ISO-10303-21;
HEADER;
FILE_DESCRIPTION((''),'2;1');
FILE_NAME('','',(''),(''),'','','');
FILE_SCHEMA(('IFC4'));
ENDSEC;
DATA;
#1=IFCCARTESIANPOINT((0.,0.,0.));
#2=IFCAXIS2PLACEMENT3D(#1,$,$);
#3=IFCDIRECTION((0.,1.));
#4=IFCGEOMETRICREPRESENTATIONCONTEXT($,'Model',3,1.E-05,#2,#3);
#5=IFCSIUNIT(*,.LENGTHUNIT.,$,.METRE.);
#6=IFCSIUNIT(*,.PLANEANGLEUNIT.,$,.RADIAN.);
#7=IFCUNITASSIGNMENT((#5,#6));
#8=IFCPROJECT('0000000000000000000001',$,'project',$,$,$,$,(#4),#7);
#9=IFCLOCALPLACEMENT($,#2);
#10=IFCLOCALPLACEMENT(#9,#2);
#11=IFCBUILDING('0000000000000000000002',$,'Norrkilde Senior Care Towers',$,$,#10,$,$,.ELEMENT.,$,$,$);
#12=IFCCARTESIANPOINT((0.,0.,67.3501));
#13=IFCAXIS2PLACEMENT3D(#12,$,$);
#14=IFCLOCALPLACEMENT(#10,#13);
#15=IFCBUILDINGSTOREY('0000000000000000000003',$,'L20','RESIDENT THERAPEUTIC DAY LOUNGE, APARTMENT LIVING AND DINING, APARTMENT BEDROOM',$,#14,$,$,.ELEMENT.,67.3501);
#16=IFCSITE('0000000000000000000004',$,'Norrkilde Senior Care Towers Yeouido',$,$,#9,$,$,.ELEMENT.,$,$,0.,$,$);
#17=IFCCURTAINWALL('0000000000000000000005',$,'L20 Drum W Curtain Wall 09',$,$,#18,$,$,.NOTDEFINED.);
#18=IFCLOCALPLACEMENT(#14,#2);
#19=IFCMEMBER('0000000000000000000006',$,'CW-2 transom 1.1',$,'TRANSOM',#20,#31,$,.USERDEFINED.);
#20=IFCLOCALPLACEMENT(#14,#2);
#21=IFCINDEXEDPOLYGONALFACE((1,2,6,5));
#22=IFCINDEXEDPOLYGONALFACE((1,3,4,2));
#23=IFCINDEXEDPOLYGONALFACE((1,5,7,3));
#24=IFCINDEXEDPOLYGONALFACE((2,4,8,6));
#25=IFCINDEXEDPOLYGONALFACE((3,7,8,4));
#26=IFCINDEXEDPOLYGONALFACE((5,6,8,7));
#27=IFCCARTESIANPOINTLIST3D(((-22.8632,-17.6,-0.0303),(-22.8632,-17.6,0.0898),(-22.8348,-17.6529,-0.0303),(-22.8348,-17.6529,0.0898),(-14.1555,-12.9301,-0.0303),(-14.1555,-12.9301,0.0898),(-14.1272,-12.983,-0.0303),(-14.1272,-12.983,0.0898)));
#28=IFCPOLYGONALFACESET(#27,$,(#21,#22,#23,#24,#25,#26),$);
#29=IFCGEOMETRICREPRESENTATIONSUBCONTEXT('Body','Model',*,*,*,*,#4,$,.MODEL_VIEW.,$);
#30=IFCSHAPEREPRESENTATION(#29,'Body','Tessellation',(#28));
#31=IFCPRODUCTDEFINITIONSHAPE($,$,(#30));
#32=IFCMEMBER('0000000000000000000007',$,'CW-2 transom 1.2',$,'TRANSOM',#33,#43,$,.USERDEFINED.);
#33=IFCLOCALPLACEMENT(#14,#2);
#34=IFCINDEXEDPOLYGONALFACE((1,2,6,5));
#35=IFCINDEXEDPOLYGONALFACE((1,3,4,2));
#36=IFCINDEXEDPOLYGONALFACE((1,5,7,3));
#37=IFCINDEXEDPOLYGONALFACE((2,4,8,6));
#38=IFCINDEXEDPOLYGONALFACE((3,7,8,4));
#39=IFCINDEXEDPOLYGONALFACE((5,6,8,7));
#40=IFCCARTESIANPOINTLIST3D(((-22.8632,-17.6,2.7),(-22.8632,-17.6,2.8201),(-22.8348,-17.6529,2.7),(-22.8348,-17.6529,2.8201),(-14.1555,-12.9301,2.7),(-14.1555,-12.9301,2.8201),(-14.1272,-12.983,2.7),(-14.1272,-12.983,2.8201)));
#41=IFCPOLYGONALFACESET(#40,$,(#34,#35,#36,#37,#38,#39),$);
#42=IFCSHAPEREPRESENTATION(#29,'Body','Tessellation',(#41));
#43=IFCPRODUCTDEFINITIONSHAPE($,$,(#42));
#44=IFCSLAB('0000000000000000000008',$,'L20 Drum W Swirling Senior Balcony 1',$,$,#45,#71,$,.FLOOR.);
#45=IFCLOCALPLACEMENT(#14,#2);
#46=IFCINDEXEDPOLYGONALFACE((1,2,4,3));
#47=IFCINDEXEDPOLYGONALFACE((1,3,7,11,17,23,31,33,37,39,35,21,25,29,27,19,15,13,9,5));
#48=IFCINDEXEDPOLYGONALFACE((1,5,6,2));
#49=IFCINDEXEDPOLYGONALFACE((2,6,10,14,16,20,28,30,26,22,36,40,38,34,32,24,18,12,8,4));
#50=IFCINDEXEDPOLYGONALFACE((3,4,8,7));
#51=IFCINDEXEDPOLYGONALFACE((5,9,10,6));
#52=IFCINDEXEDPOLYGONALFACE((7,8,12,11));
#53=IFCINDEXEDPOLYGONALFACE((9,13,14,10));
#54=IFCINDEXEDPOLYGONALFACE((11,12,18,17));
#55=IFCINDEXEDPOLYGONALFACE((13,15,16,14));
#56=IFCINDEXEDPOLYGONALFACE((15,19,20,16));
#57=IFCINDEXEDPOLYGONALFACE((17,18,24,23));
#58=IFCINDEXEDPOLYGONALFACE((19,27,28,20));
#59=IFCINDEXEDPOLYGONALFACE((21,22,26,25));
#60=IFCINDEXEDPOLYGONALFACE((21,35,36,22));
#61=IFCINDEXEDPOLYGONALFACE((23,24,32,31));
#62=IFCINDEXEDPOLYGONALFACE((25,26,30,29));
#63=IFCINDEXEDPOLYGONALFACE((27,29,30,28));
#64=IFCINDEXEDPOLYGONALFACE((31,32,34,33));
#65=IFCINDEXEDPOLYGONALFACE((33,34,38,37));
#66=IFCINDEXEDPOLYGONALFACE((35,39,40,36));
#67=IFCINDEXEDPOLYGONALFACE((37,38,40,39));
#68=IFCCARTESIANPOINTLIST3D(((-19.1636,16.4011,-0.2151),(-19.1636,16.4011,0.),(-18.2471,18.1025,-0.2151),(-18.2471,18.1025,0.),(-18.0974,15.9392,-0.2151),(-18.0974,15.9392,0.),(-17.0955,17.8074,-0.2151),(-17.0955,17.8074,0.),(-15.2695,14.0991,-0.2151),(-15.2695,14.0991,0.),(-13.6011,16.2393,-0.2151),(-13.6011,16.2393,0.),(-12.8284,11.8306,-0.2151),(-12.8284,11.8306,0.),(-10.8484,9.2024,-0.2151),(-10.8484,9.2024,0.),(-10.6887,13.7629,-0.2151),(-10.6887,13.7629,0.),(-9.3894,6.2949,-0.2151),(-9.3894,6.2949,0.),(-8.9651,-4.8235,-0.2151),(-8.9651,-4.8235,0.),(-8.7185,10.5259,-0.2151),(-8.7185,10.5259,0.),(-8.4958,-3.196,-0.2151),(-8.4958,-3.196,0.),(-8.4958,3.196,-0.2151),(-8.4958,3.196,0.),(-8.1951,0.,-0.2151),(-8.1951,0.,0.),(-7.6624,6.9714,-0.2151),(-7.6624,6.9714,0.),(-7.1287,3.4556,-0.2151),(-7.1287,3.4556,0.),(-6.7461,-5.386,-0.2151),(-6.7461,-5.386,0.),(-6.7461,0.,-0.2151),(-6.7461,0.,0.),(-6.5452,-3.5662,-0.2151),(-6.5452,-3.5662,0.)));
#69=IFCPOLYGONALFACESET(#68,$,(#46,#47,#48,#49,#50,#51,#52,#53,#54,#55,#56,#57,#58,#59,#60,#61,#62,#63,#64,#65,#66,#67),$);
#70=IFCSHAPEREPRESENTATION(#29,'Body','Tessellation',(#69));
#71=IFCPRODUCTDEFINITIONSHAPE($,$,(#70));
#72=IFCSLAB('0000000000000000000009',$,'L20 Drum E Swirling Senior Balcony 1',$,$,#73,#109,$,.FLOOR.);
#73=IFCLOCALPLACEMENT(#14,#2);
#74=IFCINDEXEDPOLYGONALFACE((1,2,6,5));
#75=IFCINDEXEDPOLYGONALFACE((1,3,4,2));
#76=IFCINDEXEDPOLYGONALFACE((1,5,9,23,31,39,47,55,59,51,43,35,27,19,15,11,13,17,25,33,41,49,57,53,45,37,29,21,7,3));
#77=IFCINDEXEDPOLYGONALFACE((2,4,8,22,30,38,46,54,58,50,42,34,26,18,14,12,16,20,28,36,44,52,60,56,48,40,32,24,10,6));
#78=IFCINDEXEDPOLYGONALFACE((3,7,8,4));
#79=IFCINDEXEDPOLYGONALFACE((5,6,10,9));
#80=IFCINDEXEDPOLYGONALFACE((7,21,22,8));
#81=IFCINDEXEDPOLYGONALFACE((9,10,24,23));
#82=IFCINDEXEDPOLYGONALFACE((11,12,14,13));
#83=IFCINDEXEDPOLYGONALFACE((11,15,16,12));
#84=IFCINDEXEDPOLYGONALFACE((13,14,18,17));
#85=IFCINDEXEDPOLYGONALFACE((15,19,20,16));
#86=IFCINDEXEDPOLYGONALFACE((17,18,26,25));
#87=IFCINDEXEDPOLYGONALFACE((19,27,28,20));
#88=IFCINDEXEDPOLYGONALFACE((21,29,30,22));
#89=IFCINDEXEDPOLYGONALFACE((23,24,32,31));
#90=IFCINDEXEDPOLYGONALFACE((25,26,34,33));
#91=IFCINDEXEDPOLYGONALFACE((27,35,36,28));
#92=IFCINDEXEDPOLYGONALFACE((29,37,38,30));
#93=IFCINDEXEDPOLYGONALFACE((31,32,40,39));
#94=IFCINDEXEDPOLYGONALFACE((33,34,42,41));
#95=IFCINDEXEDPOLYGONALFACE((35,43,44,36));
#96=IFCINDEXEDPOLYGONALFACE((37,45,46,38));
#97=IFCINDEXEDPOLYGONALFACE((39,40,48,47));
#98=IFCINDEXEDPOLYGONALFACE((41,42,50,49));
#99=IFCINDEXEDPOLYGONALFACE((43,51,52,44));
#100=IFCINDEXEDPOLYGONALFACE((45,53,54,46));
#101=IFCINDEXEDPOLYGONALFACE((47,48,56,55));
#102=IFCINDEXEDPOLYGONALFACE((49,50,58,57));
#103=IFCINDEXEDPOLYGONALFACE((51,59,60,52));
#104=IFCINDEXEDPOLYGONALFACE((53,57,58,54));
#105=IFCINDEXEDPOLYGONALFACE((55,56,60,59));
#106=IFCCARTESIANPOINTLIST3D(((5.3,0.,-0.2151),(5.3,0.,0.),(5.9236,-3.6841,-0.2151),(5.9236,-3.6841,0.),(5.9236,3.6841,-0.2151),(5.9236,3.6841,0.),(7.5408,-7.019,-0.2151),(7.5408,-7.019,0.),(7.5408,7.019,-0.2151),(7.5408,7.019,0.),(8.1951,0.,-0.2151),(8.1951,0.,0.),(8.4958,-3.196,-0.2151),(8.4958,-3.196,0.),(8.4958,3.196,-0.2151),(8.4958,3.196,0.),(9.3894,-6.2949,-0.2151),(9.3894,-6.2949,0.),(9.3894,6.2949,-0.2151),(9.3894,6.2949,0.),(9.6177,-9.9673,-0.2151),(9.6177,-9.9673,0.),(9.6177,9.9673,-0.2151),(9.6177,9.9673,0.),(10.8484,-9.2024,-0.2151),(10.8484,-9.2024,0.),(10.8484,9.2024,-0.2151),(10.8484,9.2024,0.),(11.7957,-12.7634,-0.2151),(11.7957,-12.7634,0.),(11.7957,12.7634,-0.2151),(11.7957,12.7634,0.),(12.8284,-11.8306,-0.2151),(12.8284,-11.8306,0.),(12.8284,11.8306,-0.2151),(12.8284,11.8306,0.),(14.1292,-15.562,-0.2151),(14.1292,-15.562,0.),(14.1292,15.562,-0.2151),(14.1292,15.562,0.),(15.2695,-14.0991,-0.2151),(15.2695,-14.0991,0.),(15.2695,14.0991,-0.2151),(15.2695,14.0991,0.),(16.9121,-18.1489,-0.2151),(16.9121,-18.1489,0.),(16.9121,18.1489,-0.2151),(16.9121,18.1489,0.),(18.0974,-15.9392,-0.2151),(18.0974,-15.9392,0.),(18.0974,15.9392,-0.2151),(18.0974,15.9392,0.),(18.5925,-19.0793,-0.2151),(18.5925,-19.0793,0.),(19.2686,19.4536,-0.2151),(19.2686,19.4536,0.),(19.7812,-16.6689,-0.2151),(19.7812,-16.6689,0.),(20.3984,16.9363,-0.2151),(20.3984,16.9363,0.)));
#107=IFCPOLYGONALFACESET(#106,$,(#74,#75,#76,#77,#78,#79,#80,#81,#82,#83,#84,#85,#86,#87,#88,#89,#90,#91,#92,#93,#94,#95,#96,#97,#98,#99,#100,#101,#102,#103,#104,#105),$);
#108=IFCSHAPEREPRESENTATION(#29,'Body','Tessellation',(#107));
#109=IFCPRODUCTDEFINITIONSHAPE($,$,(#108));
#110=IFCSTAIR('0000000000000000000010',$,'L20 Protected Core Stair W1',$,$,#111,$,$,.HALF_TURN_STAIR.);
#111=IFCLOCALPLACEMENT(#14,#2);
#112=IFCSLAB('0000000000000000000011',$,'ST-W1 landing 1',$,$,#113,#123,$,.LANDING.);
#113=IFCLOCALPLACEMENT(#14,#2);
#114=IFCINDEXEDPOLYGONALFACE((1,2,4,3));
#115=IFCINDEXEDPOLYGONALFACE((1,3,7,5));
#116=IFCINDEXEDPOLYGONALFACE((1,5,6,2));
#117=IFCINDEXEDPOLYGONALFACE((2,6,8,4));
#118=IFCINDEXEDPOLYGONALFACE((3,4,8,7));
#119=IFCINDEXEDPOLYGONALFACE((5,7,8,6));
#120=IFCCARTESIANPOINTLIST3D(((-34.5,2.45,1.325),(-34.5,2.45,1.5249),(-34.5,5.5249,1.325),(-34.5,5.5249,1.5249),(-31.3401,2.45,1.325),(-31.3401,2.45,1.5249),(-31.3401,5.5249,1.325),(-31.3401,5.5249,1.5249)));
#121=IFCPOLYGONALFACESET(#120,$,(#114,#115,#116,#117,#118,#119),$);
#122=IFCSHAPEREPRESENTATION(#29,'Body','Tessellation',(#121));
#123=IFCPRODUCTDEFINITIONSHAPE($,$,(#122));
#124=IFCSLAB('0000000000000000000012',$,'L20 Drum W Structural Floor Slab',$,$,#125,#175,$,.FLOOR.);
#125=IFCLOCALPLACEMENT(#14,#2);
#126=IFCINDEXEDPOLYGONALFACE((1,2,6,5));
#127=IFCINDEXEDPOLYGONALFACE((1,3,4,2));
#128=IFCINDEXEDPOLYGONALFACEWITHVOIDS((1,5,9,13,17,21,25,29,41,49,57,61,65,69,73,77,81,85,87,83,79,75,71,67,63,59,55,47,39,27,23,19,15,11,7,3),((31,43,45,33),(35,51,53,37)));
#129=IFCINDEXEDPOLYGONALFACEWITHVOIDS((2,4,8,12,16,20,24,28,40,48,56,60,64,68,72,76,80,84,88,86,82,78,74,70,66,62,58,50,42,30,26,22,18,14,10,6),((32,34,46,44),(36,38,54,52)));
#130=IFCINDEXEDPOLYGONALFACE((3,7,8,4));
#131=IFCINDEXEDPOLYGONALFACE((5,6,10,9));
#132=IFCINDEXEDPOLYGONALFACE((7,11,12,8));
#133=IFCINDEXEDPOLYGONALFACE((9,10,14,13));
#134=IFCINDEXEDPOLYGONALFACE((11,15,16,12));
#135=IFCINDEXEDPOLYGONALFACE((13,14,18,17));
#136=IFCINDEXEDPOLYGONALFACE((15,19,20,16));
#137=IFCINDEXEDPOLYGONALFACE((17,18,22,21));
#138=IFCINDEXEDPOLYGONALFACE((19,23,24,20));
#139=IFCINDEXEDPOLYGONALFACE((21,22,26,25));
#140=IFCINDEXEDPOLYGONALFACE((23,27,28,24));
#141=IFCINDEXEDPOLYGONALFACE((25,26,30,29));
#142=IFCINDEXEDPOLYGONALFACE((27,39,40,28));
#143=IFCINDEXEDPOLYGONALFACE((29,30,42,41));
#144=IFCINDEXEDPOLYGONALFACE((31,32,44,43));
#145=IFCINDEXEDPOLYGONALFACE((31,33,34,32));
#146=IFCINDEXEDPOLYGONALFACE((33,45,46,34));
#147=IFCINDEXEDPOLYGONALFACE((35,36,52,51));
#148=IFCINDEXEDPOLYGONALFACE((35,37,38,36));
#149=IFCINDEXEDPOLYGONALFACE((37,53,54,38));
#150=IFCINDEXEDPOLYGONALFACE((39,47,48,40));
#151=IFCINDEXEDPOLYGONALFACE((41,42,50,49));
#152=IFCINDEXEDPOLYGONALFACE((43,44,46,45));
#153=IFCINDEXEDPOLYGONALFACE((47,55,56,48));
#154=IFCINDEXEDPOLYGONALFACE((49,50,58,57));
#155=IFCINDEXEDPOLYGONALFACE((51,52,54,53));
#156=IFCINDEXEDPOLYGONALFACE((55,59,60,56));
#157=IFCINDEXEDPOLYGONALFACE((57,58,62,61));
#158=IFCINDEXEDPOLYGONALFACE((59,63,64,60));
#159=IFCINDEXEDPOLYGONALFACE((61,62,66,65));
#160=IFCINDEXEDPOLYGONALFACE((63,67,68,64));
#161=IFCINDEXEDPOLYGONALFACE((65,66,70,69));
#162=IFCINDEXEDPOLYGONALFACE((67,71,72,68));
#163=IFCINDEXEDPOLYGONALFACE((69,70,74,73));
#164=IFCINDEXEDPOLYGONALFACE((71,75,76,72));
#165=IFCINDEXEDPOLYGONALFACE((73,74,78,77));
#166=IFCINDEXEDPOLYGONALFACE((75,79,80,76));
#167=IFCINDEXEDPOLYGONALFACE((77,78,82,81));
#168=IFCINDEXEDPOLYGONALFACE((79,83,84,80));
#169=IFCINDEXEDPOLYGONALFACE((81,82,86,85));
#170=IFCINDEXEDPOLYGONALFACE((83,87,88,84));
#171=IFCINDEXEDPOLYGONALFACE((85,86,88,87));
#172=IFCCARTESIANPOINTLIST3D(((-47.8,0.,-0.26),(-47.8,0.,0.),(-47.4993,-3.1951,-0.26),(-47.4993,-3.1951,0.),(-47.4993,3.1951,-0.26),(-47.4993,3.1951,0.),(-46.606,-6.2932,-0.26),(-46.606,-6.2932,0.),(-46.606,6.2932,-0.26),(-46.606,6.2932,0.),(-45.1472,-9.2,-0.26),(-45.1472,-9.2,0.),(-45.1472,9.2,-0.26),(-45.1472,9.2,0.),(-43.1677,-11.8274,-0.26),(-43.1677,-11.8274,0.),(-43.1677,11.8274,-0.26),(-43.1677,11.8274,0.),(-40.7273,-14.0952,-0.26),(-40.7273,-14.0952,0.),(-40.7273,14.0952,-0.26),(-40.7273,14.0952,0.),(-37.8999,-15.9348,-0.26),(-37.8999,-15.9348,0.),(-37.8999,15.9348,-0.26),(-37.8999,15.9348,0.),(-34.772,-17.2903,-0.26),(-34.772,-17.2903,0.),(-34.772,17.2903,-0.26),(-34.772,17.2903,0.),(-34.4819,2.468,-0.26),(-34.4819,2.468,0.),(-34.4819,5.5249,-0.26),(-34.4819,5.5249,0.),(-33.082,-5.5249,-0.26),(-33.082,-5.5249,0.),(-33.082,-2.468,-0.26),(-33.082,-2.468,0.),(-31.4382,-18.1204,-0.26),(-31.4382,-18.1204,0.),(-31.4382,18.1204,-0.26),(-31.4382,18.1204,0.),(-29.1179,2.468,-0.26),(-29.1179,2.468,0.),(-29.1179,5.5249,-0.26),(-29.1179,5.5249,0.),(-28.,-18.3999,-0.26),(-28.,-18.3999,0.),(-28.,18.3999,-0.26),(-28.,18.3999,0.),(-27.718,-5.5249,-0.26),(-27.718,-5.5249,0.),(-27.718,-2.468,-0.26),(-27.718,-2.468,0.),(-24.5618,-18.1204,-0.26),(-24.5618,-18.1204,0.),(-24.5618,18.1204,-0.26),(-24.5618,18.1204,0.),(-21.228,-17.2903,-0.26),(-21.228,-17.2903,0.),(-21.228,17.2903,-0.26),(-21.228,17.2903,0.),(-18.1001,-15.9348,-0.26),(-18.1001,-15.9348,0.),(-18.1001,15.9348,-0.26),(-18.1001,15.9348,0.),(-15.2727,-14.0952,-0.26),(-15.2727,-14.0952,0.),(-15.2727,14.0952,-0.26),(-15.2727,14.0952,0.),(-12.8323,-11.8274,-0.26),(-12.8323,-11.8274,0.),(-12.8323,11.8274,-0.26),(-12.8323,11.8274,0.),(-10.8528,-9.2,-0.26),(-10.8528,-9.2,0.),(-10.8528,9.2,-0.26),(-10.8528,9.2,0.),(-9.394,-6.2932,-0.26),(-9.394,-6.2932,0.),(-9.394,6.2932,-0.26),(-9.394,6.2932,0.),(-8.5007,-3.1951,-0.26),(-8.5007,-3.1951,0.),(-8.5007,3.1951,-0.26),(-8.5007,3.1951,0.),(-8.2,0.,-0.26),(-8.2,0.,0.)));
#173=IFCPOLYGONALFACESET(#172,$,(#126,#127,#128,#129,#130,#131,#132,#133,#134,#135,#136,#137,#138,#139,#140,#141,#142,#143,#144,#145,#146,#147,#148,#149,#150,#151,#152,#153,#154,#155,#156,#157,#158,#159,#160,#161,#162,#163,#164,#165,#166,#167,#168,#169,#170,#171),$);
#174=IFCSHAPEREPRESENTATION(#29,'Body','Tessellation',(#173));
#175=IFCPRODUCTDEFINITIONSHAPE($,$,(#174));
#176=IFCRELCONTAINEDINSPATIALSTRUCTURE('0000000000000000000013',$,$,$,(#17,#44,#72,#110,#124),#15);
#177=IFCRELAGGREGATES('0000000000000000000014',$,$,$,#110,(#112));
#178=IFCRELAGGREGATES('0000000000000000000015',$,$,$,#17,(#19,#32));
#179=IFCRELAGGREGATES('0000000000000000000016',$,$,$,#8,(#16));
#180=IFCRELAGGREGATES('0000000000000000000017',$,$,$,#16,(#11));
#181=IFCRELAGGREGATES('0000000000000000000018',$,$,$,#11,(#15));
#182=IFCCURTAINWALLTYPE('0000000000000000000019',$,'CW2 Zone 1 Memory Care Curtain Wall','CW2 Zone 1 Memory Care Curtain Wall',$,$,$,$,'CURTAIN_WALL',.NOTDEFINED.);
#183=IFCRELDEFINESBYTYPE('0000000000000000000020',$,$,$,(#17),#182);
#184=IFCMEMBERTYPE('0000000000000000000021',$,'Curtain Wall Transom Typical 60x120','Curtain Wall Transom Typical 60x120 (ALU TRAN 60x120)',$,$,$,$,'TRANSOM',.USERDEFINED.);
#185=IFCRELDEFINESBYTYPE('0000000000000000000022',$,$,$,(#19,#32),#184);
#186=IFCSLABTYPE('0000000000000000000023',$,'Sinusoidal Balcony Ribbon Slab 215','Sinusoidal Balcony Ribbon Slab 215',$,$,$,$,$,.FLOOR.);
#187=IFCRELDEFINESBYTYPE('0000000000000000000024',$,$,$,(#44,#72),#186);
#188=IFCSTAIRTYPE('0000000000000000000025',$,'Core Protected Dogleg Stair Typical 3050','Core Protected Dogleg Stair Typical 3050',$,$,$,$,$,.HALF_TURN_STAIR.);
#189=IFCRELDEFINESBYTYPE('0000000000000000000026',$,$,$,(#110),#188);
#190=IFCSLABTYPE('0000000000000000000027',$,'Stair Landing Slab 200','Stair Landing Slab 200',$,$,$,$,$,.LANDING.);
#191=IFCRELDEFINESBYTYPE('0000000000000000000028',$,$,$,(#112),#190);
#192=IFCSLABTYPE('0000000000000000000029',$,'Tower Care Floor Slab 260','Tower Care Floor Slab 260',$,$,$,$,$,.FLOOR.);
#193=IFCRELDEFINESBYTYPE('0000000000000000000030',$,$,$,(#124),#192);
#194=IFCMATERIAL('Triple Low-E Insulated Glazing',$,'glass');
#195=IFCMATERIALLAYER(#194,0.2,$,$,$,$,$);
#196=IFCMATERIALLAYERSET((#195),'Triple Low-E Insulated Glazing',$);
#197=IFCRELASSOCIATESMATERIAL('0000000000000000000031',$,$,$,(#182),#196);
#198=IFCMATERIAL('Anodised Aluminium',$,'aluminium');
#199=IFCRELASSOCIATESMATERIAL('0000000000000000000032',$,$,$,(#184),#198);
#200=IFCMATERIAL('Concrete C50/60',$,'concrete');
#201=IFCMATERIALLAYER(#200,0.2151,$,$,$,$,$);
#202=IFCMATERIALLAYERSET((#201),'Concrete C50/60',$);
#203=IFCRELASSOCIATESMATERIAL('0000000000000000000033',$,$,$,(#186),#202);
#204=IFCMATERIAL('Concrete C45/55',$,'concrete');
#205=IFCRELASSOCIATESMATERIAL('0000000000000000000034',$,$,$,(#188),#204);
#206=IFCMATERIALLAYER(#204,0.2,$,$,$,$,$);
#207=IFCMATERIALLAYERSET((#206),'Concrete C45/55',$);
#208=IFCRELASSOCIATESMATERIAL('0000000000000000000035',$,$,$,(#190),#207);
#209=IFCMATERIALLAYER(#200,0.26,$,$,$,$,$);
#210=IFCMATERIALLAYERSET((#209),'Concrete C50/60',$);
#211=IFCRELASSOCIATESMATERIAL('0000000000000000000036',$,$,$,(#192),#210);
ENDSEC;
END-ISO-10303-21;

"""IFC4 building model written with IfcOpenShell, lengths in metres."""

from ifc_helpers import new_model, si_unit, direction, frame, origin, origin_2d, place, context, subcontext, project, spatial, polyline, rectangle, outline, extrude, source, transform, mapped, material, layer, layer_set, material_profile, profile_set, type_object, element, aggregate, save


model = new_model("IFC4")

# Units and contexts
model_context = context("Model", 3, precision=1e-05, world=origin(), true_north=direction((0.0, 1.0)))
body_context = subcontext(model_context, "Body", "Model", "MODEL_VIEW")
ifc_project = project(units=[si_unit("LENGTHUNIT", "METRE"), si_unit("PLANEANGLEUNIT", "RADIAN")], contexts=[model_context])

# Site, building, storey
site_placement = place(None, origin())
site = spatial("IfcSite", under=ifc_project, at=site_placement, Name="Norrkilde Senior Care Towers Yeouido", CompositionType="ELEMENT", RefElevation=0.0)
building_placement = place(site_placement, origin())
building = spatial("IfcBuilding", under=site, at=building_placement, Name="Norrkilde Senior Care Towers", CompositionType="ELEMENT")
storey_placement = place(building_placement, frame((0.0, 0.0, 67.3501)))
storey = spatial("IfcBuildingStorey", under=building, at=storey_placement, Name="L20", Description="RESIDENT THERAPEUTIC DAY LOUNGE, APARTMENT LIVING AND DINING, APARTMENT BEDROOM", CompositionType="ELEMENT", Elevation=67.3501)

# Curtain wall
ifc_material_1 = material(Name="Triple Low-E Insulated Glazing", Category="glass")
ifc_layer_1 = layer(ifc_material_1, 0.2)
ifc_layer_set_1 = layer_set([ifc_layer_1], Name="Triple Low-E Insulated Glazing")
curtain_wall_type = type_object("IfcCurtainWallType", Name="CW2 Zone 1 Memory Care Curtain Wall", Description="CW2 Zone 1 Memory Care Curtain Wall", ElementType="CURTAIN_WALL", PredefinedType="NOTDEFINED", material=ifc_layer_set_1)
curtain_wall_1_placement = place(storey_placement, origin())
curtain_wall_1 = element("IfcCurtainWall", 1, at=curtain_wall_1_placement, inside=storey, type_object=curtain_wall_type, Name="L20 Drum W Curtain Wall 09", PredefinedType="NOTDEFINED")
ifc_material_2 = material(Name="Anodised Aluminium", Category="aluminium")

# Members
ifc_material_profile_1 = material_profile(ifc_material_2, rectangle(XDim=0.0601, YDim=0.1201, at=origin_2d()), Name="ALU TRAN 60x120")
ifc_profile_set_1 = profile_set([ifc_material_profile_1], Name="Anodised Aluminium")
member_type_1 = type_object("IfcMemberType", Name="Curtain Wall Transom Typical 60x120", Description="Curtain Wall Transom Typical 60x120 (ALU TRAN 60x120)", ElementType="TRANSOM", PredefinedType="USERDEFINED", material=ifc_profile_set_1)
shared_shape_1 = source(origin(), body_context, "Body", "SweptSolid", [
    extrude(rectangle(XDim=0.0601, YDim=0.1201, at=origin_2d()), origin(), (0.0, 0.0, 1.0), 9.8809),
])
member_1_placement = place(storey_placement, frame((-14.1414, -12.9565, 0.0298), z_axis=(-0.881267, -0.472618, 0.0), x_axis=(0.472618, -0.881267, 0.0)))
member_1 = element("IfcMember", 2, at=member_1_placement, type_object=member_type_1, Name="CW-2 transom 1.1", ObjectType="TRANSOM", PredefinedType="USERDEFINED", context=body_context, shape_type="MappedRepresentation", body=[
    mapped(shared_shape_1, transform((0.0, 0.0, 0.0), x_axis=(1.0, 0.0, 0.0), y_axis=(0.0, 1.0, 0.0), z_axis=(0.0, 0.0, 1.0), scale=1.0)),
])
member_2_placement = place(storey_placement, frame((-14.1414, -12.9565, 2.76), z_axis=(-0.881267, -0.472618, 0.0), x_axis=(0.472618, -0.881267, 0.0)))
member_2 = element("IfcMember", 3, at=member_2_placement, type_object=member_type_1, Name="CW-2 transom 1.2", ObjectType="TRANSOM", PredefinedType="USERDEFINED", context=body_context, shape_type="MappedRepresentation", body=[
    mapped(shared_shape_1, transform((0.0, 0.0, 0.0), x_axis=(1.0, 0.0, 0.0), y_axis=(0.0, 1.0, 0.0), z_axis=(0.0, 0.0, 1.0), scale=1.0)),
])

# Slabs
ifc_material_3 = material(Name="Concrete C50/60", Category="concrete")
ifc_layer_2 = layer(ifc_material_3, 0.2151)
ifc_layer_set_2 = layer_set([ifc_layer_2], Name="Concrete C50/60")
slab_type_1 = type_object("IfcSlabType", Name="Sinusoidal Balcony Ribbon Slab 215", Description="Sinusoidal Balcony Ribbon Slab 215", PredefinedType="FLOOR", material=ifc_layer_set_2)
slab_1_placement = place(storey_placement, frame((0.0, 0.0, -0.2151)))
element("IfcSlab", 4, at=slab_1_placement, inside=storey, type_object=slab_type_1, Name="L20 Drum W Swirling Senior Balcony 1", PredefinedType="FLOOR", context=body_context, shape_type="SweptSolid", body=[
    extrude(outline(polyline([(-8.9651, -4.8235), (-8.4958, -3.196), (-8.1951, 0.0), (-8.4958, 3.196), (-9.3894, 6.2949), (-10.8484, 9.2024), (-12.8284, 11.8306), (-15.2695, 14.0991), (-18.0974, 15.9392), (-19.1636, 16.4011), (-18.2471, 18.1025), (-17.0955, 17.8074), (-13.6011, 16.2393), (-10.6887, 13.7629), (-8.7185, 10.5259), (-7.6624, 6.9714), (-7.1287, 3.4556), (-6.7461, 0.0), (-6.5452, -3.5662), (-6.7461, -5.386), (-8.9651, -4.8235)])), origin(), (0.0, 0.0, 1.0), 0.2151),
])
slab_2_placement = place(storey_placement, frame((0.0, 0.0, -0.2151)))
element("IfcSlab", 5, at=slab_2_placement, inside=storey, type_object=slab_type_1, Name="L20 Drum E Swirling Senior Balcony 1", PredefinedType="FLOOR", context=body_context, shape_type="SweptSolid", body=[
    extrude(outline(polyline([(14.1292, -15.562), (11.7957, -12.7634), (9.6177, -9.9673), (7.5408, -7.019), (5.9236, -3.6841), (5.3, 0.0), (5.9236, 3.6841), (7.5408, 7.019), (9.6177, 9.9673), (11.7957, 12.7634), (14.1292, 15.562), (16.9121, 18.1489), (19.2686, 19.4536), (20.3984, 16.9363), (18.0974, 15.9392), (15.2695, 14.0991), (12.8284, 11.8306), (10.8484, 9.2024), (9.3894, 6.2949), (8.4958, 3.196), (8.1951, 0.0), (8.4958, -3.196), (9.3894, -6.2949), (10.8484, -9.2024), (12.8284, -11.8306), (15.2695, -14.0991), (18.0974, -15.9392), (19.7812, -16.6689), (18.5925, -19.0793), (16.9121, -18.1489), (14.1292, -15.562)])), origin(), (0.0, 0.0, 1.0), 0.2151),
])

# Stair, slab
ifc_material_4 = material(Name="Concrete C45/55", Category="concrete")
stair_type = type_object("IfcStairType", Name="Core Protected Dogleg Stair Typical 3050", Description="Core Protected Dogleg Stair Typical 3050", PredefinedType="HALF_TURN_STAIR", material=ifc_material_4)
stair_placement = place(storey_placement, origin())
stair = element("IfcStair", 6, at=stair_placement, inside=storey, type_object=stair_type, Name="L20 Protected Core Stair W1", PredefinedType="HALF_TURN_STAIR")
ifc_layer_3 = layer(ifc_material_4, 0.2)
ifc_layer_set_3 = layer_set([ifc_layer_3], Name="Concrete C45/55")
slab_type_2 = type_object("IfcSlabType", Name="Stair Landing Slab 200", Description="Stair Landing Slab 200", PredefinedType="LANDING", material=ifc_layer_set_3)
slab_3_placement = place(storey_placement, frame((0.0, 0.0, 1.325)))
slab_3 = element("IfcSlab", 7, at=slab_3_placement, type_object=slab_type_2, Name="ST-W1 landing 1", PredefinedType="LANDING", context=body_context, shape_type="SweptSolid", body=[
    extrude(outline(polyline([(-31.3401, 5.5249), (-34.5, 5.5249), (-34.5, 2.45), (-31.3401, 2.45), (-31.3401, 5.5249)])), origin(), (0.0, 0.0, 1.0), 0.2),
])
aggregate(stair, [slab_3])

# Slab
ifc_layer_4 = layer(ifc_material_3, 0.26)
ifc_layer_set_4 = layer_set([ifc_layer_4], Name="Concrete C50/60")
slab_type_3 = type_object("IfcSlabType", Name="Tower Care Floor Slab 260", Description="Tower Care Floor Slab 260", PredefinedType="FLOOR", material=ifc_layer_set_4)
slab_4_placement = place(storey_placement, frame((0.0, 0.0, -0.26)))
element("IfcSlab", 8, at=slab_4_placement, inside=storey, type_object=slab_type_3, Name="L20 Drum W Structural Floor Slab", PredefinedType="FLOOR", context=body_context, shape_type="SweptSolid", body=[
    extrude(outline(polyline([(-9.394, -6.2932), (-10.8528, -9.2), (-12.8323, -11.8274), (-15.2727, -14.0952), (-18.1001, -15.9348), (-21.228, -17.2903), (-24.5618, -18.1204), (-28.0, -18.3999), (-31.4382, -18.1204), (-34.772, -17.2903), (-37.8999, -15.9348), (-40.7273, -14.0952), (-43.1677, -11.8274), (-45.1472, -9.2), (-46.606, -6.2932), (-47.4993, -3.1951), (-47.8, 0.0), (-47.4993, 3.1951), (-46.606, 6.2932), (-45.1472, 9.2), (-43.1677, 11.8274), (-40.7273, 14.0952), (-37.8999, 15.9348), (-34.772, 17.2903), (-31.4382, 18.1204), (-28.0, 18.3999), (-24.5618, 18.1204), (-21.228, 17.2903), (-18.1001, 15.9348), (-15.2727, 14.0952), (-12.8323, 11.8274), (-10.8528, 9.2), (-9.394, 6.2932), (-8.5007, 3.1951), (-8.2, 0.0), (-8.5007, -3.1951), (-9.394, -6.2932)]), holes=[polyline([(-34.4819, 2.468), (-29.1179, 2.468), (-29.1179, 5.5249), (-34.4819, 5.5249), (-34.4819, 2.468)]), polyline([(-27.718, -5.5249), (-27.718, -2.468), (-33.082, -2.468), (-33.082, -5.5249), (-27.718, -5.5249)])]), origin(), (0.0, 0.0, 1.0), 0.26),
])

aggregate(curtain_wall_1, [member_1, member_2])

save(model, "model.ifc")
